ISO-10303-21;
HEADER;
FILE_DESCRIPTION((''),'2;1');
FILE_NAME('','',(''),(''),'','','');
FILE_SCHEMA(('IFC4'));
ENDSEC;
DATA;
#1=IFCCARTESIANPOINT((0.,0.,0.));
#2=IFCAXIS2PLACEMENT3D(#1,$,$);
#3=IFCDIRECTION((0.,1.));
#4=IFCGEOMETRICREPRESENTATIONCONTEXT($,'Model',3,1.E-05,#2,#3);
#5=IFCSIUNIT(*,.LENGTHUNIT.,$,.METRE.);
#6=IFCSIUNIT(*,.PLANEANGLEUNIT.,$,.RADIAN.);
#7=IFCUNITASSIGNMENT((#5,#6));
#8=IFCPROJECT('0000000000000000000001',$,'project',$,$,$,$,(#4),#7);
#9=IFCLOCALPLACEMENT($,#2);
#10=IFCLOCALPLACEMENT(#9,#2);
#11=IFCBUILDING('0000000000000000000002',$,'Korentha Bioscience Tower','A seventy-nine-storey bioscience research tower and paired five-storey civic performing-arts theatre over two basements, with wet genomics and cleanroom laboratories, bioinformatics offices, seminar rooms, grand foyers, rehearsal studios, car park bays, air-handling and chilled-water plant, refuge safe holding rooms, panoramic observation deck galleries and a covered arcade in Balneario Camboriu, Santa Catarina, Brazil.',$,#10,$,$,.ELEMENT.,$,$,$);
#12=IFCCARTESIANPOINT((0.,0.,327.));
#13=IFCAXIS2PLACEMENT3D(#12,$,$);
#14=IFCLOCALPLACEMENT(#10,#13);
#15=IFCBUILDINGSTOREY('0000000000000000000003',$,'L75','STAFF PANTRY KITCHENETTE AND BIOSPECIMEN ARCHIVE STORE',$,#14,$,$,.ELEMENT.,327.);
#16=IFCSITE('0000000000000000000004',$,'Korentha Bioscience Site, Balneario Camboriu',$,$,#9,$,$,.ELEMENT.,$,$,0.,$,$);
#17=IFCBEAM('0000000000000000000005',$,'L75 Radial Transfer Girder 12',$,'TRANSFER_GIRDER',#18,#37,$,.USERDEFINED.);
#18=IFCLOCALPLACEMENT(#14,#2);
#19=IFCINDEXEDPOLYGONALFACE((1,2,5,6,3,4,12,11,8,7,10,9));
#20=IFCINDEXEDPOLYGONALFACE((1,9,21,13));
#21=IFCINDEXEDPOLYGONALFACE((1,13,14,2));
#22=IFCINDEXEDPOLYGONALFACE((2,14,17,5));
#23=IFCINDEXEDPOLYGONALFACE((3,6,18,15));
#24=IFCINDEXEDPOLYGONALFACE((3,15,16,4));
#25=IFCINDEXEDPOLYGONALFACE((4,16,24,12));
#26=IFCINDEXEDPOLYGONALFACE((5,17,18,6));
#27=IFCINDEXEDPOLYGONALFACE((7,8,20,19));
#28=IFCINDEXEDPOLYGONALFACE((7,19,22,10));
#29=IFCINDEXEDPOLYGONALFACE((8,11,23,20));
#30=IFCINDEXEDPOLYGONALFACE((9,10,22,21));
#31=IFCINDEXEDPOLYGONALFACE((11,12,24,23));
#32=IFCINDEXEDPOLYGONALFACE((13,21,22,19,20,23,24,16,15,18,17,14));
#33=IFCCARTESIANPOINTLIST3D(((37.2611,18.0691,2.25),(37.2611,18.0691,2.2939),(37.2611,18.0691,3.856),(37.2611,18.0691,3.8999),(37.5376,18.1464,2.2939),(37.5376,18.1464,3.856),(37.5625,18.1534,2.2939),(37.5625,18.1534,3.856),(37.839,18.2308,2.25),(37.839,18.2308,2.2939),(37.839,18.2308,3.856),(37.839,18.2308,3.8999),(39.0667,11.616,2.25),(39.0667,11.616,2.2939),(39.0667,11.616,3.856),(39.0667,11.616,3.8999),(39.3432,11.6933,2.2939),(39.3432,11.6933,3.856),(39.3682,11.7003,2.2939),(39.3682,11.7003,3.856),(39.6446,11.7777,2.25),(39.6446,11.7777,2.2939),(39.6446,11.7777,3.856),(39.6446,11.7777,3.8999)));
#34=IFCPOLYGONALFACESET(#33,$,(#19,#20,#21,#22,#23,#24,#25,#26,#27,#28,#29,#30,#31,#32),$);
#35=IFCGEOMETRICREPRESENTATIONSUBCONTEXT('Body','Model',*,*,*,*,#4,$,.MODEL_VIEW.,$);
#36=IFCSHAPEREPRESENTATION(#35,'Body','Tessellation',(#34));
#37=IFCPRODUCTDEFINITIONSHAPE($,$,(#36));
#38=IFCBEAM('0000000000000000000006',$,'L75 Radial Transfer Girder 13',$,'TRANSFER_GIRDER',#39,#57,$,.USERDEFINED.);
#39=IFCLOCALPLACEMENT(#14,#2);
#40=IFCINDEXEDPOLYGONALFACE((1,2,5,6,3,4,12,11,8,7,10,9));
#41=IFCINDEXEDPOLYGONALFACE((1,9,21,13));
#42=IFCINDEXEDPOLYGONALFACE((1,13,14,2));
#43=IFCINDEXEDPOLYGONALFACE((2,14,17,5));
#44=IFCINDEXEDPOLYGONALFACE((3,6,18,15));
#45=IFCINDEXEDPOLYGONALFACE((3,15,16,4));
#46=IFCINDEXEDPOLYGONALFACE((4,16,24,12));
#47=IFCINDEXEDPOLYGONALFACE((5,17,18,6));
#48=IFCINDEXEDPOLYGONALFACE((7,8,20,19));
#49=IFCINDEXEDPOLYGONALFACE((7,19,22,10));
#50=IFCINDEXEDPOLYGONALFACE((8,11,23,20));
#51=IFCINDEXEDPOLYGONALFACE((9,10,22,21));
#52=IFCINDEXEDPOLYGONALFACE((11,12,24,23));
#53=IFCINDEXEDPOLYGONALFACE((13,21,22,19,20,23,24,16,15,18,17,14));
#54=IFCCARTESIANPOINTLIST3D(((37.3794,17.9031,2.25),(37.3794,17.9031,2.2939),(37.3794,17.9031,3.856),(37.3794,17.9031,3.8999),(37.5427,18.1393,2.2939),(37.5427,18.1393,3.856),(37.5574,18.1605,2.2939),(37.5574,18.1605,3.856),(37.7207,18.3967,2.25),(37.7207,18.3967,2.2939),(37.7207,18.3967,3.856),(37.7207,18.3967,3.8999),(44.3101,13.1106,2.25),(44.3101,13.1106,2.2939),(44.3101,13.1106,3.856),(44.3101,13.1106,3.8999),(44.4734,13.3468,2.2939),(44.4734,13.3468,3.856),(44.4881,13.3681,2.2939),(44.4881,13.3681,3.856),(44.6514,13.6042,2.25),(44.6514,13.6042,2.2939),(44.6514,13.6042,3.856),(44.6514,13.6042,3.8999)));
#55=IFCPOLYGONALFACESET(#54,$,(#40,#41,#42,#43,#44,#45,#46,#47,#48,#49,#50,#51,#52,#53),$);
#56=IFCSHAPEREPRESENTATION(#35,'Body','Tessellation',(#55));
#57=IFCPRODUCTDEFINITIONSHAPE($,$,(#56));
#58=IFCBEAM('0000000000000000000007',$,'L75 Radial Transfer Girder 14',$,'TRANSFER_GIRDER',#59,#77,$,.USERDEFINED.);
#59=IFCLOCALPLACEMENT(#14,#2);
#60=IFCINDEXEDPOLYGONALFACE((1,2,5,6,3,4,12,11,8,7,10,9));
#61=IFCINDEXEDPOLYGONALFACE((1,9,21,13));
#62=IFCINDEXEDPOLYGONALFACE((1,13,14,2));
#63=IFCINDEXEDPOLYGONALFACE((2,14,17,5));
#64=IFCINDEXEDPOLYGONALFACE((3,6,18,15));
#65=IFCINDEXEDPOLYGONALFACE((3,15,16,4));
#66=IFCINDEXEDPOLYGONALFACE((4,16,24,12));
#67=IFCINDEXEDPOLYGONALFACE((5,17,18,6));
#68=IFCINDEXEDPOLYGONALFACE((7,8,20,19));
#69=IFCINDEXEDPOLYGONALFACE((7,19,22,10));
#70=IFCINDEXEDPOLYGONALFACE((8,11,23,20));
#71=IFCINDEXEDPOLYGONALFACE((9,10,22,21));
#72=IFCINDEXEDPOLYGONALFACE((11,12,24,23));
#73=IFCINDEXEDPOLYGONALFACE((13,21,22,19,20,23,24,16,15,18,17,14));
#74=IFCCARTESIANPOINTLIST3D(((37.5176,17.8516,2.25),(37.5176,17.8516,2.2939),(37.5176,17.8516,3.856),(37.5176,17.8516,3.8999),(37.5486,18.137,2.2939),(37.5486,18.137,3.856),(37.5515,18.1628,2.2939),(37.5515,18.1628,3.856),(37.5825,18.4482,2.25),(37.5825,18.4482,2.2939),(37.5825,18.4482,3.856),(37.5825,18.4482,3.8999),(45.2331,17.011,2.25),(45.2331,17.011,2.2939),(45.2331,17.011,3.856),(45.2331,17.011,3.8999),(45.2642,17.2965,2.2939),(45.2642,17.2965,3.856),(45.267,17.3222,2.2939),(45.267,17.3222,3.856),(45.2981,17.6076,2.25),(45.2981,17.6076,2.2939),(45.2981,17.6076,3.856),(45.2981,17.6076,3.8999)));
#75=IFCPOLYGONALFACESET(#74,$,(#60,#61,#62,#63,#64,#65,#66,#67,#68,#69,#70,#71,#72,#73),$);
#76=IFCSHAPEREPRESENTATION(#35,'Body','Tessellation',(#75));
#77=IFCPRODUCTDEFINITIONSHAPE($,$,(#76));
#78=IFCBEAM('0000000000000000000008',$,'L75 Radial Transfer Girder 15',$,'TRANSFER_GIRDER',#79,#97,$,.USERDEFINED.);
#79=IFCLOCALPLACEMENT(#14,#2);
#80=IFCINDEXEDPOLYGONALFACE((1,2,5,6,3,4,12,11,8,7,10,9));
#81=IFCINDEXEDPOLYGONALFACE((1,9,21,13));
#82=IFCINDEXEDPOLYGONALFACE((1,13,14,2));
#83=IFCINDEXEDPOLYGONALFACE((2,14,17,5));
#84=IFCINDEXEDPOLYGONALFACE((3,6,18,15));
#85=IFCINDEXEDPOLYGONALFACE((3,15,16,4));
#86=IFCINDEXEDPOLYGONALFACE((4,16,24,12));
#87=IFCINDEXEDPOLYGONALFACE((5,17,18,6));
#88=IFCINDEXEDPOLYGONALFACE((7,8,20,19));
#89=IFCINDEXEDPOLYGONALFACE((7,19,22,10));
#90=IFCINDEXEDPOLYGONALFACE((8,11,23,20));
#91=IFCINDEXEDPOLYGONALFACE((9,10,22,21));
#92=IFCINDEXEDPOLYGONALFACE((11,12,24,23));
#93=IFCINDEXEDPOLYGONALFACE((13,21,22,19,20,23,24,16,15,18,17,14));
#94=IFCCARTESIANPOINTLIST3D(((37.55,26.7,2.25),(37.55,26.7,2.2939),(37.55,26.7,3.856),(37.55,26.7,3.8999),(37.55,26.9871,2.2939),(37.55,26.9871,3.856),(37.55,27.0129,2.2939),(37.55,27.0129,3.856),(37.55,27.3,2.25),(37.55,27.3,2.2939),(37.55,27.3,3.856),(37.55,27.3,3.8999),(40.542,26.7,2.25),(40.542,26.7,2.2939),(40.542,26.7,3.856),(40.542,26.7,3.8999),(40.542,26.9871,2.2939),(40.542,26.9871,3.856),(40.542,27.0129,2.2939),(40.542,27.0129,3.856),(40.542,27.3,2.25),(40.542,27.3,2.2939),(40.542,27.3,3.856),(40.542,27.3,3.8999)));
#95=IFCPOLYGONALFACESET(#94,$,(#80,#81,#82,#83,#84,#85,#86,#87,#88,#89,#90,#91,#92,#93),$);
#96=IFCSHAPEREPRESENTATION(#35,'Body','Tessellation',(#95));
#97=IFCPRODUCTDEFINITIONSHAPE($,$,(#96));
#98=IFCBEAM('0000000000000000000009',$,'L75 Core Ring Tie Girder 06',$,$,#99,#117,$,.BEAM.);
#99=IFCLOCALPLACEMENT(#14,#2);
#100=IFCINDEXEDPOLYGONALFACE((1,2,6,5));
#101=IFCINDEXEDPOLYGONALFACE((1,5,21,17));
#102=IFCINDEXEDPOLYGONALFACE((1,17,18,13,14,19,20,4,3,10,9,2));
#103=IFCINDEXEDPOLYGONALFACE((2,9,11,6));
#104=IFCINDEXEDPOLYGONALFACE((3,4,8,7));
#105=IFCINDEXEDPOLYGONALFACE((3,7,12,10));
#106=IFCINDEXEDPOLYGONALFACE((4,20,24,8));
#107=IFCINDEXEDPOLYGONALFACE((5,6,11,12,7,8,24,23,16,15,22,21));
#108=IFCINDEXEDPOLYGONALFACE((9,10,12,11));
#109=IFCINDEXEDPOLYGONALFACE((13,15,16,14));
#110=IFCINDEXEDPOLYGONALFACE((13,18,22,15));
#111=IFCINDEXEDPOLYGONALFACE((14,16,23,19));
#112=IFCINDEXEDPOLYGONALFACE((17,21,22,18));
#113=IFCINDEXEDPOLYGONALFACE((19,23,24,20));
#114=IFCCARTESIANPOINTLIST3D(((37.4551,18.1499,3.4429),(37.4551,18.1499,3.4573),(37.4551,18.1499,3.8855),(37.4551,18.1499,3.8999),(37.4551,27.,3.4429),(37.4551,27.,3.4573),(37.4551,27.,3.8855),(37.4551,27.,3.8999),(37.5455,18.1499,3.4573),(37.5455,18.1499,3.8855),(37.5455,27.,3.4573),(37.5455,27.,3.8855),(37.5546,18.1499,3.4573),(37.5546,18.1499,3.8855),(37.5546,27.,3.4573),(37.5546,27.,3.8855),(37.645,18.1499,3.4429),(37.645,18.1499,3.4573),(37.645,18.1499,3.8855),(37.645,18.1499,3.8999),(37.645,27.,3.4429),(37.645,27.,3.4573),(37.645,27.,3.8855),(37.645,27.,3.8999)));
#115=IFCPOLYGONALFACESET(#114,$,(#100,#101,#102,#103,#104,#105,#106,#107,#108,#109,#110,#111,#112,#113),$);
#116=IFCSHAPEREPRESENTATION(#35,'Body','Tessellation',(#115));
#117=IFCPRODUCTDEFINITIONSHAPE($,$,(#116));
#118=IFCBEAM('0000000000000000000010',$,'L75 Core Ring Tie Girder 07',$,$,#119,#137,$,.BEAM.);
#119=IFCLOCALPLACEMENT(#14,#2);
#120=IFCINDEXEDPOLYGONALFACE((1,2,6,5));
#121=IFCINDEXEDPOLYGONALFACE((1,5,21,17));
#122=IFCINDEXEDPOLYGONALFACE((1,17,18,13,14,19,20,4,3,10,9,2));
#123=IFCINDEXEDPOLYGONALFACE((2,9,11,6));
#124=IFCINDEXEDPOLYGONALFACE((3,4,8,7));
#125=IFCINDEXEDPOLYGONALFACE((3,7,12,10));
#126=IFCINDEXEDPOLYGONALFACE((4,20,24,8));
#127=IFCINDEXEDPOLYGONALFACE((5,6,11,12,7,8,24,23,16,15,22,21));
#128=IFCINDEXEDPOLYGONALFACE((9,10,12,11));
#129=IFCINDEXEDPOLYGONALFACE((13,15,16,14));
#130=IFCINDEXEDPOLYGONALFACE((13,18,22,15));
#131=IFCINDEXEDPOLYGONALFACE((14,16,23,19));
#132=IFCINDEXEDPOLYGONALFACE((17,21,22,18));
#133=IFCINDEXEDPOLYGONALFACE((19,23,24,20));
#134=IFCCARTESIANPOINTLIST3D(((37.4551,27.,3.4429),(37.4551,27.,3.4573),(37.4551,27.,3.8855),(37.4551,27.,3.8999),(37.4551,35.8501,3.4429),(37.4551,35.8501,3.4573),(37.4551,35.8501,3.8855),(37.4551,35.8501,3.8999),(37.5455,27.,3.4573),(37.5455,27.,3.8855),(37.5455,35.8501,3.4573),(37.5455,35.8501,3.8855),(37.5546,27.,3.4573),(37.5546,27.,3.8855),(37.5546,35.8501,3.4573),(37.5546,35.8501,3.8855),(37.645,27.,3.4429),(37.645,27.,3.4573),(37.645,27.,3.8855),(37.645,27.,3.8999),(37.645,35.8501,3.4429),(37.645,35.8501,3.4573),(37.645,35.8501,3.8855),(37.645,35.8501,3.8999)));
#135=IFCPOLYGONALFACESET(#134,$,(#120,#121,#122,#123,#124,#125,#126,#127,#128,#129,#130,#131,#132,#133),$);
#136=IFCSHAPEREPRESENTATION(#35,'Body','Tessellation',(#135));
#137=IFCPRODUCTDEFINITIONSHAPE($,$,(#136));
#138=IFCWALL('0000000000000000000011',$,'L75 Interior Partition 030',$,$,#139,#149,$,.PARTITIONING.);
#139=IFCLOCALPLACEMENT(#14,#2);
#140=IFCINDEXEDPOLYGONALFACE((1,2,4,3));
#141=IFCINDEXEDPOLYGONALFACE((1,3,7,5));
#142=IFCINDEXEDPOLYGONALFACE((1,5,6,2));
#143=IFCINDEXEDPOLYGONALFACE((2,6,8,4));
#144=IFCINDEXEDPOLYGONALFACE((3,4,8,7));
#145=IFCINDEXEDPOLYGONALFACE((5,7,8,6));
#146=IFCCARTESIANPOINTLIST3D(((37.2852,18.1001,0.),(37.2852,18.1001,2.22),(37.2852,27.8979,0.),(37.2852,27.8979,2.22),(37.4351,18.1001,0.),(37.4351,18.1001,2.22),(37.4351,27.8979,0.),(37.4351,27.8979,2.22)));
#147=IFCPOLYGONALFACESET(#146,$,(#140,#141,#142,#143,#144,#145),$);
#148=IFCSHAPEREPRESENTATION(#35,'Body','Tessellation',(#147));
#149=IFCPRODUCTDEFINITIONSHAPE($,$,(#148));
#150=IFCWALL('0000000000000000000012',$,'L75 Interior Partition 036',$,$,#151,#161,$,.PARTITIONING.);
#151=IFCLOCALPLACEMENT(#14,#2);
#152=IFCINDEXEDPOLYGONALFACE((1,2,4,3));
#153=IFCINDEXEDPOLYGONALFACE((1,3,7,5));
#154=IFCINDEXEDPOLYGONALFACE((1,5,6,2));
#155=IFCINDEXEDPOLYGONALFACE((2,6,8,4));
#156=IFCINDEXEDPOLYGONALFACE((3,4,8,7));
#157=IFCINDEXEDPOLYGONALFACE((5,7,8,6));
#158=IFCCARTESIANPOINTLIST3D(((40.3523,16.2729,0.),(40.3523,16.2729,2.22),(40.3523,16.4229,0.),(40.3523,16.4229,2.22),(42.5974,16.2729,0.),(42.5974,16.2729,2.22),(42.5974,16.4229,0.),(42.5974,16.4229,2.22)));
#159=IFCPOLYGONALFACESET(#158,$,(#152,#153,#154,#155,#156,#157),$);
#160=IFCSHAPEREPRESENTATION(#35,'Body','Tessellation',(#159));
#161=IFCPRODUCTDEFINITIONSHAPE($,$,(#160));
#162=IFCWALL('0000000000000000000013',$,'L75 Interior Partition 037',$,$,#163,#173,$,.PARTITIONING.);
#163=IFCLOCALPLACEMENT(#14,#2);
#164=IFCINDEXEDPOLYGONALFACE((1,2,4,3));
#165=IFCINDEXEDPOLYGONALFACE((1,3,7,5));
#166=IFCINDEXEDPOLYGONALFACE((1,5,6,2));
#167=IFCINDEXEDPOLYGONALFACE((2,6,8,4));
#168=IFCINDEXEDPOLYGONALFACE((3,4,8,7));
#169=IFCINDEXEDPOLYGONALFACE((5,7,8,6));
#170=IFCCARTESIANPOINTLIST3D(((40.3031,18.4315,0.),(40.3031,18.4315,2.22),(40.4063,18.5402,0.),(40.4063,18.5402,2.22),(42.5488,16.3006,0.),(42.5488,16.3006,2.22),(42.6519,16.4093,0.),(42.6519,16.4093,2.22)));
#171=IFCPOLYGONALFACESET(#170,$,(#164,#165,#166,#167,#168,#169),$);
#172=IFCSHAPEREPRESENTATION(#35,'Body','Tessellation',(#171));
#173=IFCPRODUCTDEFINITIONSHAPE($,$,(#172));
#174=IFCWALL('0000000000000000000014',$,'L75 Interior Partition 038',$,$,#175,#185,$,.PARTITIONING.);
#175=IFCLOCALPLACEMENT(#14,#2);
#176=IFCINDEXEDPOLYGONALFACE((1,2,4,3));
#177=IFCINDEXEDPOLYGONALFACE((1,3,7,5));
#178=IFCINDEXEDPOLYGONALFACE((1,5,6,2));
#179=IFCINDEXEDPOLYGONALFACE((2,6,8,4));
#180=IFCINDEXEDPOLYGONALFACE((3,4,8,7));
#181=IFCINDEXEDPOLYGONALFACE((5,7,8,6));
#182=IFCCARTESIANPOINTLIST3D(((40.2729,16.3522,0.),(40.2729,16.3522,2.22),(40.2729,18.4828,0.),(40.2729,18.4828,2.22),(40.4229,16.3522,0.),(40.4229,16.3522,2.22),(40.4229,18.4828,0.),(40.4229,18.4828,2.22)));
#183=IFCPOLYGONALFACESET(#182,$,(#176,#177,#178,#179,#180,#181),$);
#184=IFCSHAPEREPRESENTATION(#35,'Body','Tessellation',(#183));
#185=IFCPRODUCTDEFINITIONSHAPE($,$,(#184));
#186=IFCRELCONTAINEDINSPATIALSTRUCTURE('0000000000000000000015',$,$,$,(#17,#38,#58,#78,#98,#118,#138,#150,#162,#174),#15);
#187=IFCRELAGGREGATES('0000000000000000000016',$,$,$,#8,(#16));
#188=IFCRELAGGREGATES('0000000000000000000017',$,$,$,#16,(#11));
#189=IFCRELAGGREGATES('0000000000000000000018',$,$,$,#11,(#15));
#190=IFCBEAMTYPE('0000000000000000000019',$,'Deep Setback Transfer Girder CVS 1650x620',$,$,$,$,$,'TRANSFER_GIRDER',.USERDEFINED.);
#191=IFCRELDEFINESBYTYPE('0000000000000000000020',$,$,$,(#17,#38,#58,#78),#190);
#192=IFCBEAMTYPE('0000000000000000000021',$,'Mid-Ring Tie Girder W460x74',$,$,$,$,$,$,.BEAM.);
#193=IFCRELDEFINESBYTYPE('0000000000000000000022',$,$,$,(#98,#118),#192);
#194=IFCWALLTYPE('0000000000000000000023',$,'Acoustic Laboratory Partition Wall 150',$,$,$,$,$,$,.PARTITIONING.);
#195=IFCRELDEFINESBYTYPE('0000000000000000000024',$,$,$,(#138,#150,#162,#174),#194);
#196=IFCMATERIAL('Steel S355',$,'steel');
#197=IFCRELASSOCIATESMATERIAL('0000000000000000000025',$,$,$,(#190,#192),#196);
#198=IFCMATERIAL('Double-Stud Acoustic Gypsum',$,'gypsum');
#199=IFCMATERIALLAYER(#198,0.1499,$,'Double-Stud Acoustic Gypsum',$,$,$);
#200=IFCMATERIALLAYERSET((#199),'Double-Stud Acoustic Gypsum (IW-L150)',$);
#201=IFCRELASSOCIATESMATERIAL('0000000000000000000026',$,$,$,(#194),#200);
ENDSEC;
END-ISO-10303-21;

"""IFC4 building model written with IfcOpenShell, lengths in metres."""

from ifc_helpers import new_model, si_unit, direction, frame, frame_2d, origin, origin_2d, place, context, subcontext, project, spatial, rectangle, i_section, extrude, material, layer, layer_set, material_profile, profile_set, type_object, element, save


model = new_model("IFC4")

# Units and contexts
model_context = context("Model", 3, precision=1e-05, world=origin(), true_north=direction((0.0, 1.0)))
body_context = subcontext(model_context, "Body", "Model", "MODEL_VIEW")
ifc_project = project(units=[si_unit("LENGTHUNIT", "METRE"), si_unit("PLANEANGLEUNIT", "RADIAN")], contexts=[model_context])

# Site, building, storey
site_placement = place(None, origin())
site = spatial("IfcSite", under=ifc_project, at=site_placement, Name="Korentha Bioscience Site, Balneario Camboriu", CompositionType="ELEMENT", RefElevation=0.0)
building_placement = place(site_placement, origin())
building = spatial("IfcBuilding", under=site, at=building_placement, Name="Korentha Bioscience Tower", Description="A seventy-nine-storey bioscience research tower and paired five-storey civic performing-arts theatre over two basements, with wet genomics and cleanroom laboratories, bioinformatics offices, seminar rooms, grand foyers, rehearsal studios, car park bays, air-handling and chilled-water plant, refuge safe holding rooms, panoramic observation deck galleries and a covered arcade in Balneario Camboriu, Santa Catarina, Brazil.", CompositionType="ELEMENT")
storey_placement = place(building_placement, frame((0.0, 0.0, 327.0)))
storey = spatial("IfcBuildingStorey", under=building, at=storey_placement, Name="L75", Description="STAFF PANTRY KITCHENETTE AND BIOSPECIMEN ARCHIVE STORE", CompositionType="ELEMENT", Elevation=327.0)

# Beams
ifc_material_1 = material(Name="Steel S355", Category="steel")
ifc_material_profile_1 = material_profile(ifc_material_1, i_section(OverallWidth=0.6001, OverallDepth=1.6499, WebThickness=0.0259, FlangeThickness=0.0439, at=origin_2d()), Name="Steel S355")
ifc_profile_set_1 = profile_set([ifc_material_profile_1], Name="Steel S355 (TG-04)")
beam_type_1 = type_object("IfcBeamType", Name="Deep Setback Transfer Girder CVS 1650x620", ElementType="TRANSFER_GIRDER", PredefinedType="USERDEFINED", material=ifc_profile_set_1)
beam_1_placement = place(storey_placement, frame((37.55, 18.1499, 3.075), z_axis=(0.269462, -0.963011, 0.0), x_axis=(0.963011, 0.269462, 0.0)))
element("IfcBeam", 1, at=beam_1_placement, inside=storey, type_object=beam_type_1, Name="L75 Radial Transfer Girder 12", ObjectType="TRANSFER_GIRDER", PredefinedType="USERDEFINED", context=body_context, shape_type="SweptSolid", body=[
    extrude(i_section(OverallWidth=0.6001, OverallDepth=1.6499, WebThickness=0.0259, FlangeThickness=0.0439, at=origin_2d()), origin(), (0.0, 0.0, 1.0), 6.7009),
])
beam_2_placement = place(storey_placement, frame((37.55, 18.1499, 3.075), z_axis=(0.822507, -0.568755, 0.0), x_axis=(0.568755, 0.822507, 0.0)))
element("IfcBeam", 2, at=beam_2_placement, inside=storey, type_object=beam_type_1, Name="L75 Radial Transfer Girder 13", ObjectType="TRANSFER_GIRDER", PredefinedType="USERDEFINED", context=body_context, shape_type="SweptSolid", body=[
    extrude(i_section(OverallWidth=0.6001, OverallDepth=1.6499, WebThickness=0.0259, FlangeThickness=0.0439, at=origin_2d()), origin(), (0.0, 0.0, 1.0), 8.4263),
])
beam_3_placement = place(storey_placement, frame((37.55, 18.1499, 3.075), z_axis=(0.994118, -0.108305, 0.0), x_axis=(0.108305, 0.994118, 0.0)))
element("IfcBeam", 3, at=beam_3_placement, inside=storey, type_object=beam_type_1, Name="L75 Radial Transfer Girder 14", ObjectType="TRANSFER_GIRDER", PredefinedType="USERDEFINED", context=body_context, shape_type="SweptSolid", body=[
    extrude(i_section(OverallWidth=0.6001, OverallDepth=1.6499, WebThickness=0.0259, FlangeThickness=0.0439, at=origin_2d()), origin(), (0.0, 0.0, 1.0), 7.7612),
])
beam_4_placement = place(storey_placement, frame((37.55, 27.0, 3.075), z_axis=(1.0, 0.0, 0.0), x_axis=(0.0, 1.0, 0.0)))
element("IfcBeam", 4, at=beam_4_placement, inside=storey, type_object=beam_type_1, Name="L75 Radial Transfer Girder 15", ObjectType="TRANSFER_GIRDER", PredefinedType="USERDEFINED", context=body_context, shape_type="SweptSolid", body=[
    extrude(i_section(OverallWidth=0.6001, OverallDepth=1.6499, WebThickness=0.0259, FlangeThickness=0.0439, at=origin_2d()), origin(), (0.0, 0.0, 1.0), 2.9919),
])
ifc_material_profile_2 = material_profile(ifc_material_1, i_section(OverallWidth=0.1899, OverallDepth=0.457, WebThickness=0.009, FlangeThickness=0.0144, at=origin_2d()), Name="Steel S355")
ifc_profile_set_2 = profile_set([ifc_material_profile_2], Name="Steel S355 (MB-460)")
beam_type_2 = type_object("IfcBeamType", Name="Mid-Ring Tie Girder W460x74", PredefinedType="BEAM", material=ifc_profile_set_2)
for number, where, z_axis, x_axis, name in (
    (5, (37.55, 18.1499, 3.6714), (0.0, 1.0, 0.0), (-1.0, 0.0, 0.0), "L75 Core Ring Tie Girder 06"),
    (6, (37.55, 27.0, 3.6714), (0.0, 1.0, 0.0), (-1.0, 0.0, 0.0), "L75 Core Ring Tie Girder 07"),
):
    element("IfcBeam", number, at=place(storey_placement, frame(where, z_axis=z_axis, x_axis=x_axis)), inside=storey, type_object=beam_type_2, Name=name, PredefinedType="BEAM", context=body_context, shape_type="SweptSolid", body=[
        extrude(i_section(OverallWidth=0.1899, OverallDepth=0.457, WebThickness=0.009, FlangeThickness=0.0144, at=origin_2d()), origin(), (0.0, 0.0, 1.0), 8.8501),
    ])

# Walls
ifc_material_2 = material(Name="Double-Stud Acoustic Gypsum", Category="gypsum")
ifc_layer_1 = layer(ifc_material_2, 0.1499, Name="Double-Stud Acoustic Gypsum")
ifc_layer_set_1 = layer_set([ifc_layer_1], Name="Double-Stud Acoustic Gypsum (IW-L150)")
wall_type_1 = type_object("IfcWallType", Name="Acoustic Laboratory Partition Wall 150", PredefinedType="PARTITIONING", material=ifc_layer_set_1)
wall_1_placement = place(storey_placement, frame((37.3601, 18.1001, 0.0), z_axis=(0.0, 0.0, 1.0), x_axis=(0.0, 1.0, 0.0)))
element("IfcWall", 7, at=wall_1_placement, inside=storey, type_object=wall_type_1, Name="L75 Interior Partition 030", PredefinedType="PARTITIONING", context=body_context, shape_type="SweptSolid", body=[
    extrude(rectangle(XDim=9.7979, YDim=0.1499, at=frame_2d((4.8989, 0.0))), origin(), (0.0, 0.0, 1.0), 2.22),
])
wall_2_placement = place(storey_placement, frame((40.3523, 16.3479, 0.0), z_axis=(0.0, 0.0, 1.0), x_axis=(1.0, 0.0, 0.0)))
element("IfcWall", 8, at=wall_2_placement, inside=storey, type_object=wall_type_1, Name="L75 Interior Partition 036", PredefinedType="PARTITIONING", context=body_context, shape_type="SweptSolid", body=[
    extrude(rectangle(XDim=2.2451, YDim=0.1499, at=frame_2d((1.1226, 0.0))), origin(), (0.0, 0.0, 1.0), 2.22),
])
wall_3_placement = place(storey_placement, frame((42.6003, 16.355, 0.0), z_axis=(0.0, 0.0, 1.0), x_axis=(-0.725397, 0.688331, 0.0)))
element("IfcWall", 9, at=wall_3_placement, inside=storey, type_object=wall_type_1, Name="L75 Interior Partition 037", PredefinedType="PARTITIONING", context=body_context, shape_type="SweptSolid", body=[
    extrude(rectangle(XDim=3.0957, YDim=0.1499, at=frame_2d((1.5479, 0.0))), origin(), (0.0, 0.0, 1.0), 2.22),
])
wall_4_placement = place(storey_placement, frame((40.3479, 18.4829, 0.0), z_axis=(0.0, 0.0, 1.0), x_axis=(0.0, -1.0, 0.0)))
element("IfcWall", 10, at=wall_4_placement, inside=storey, type_object=wall_type_1, Name="L75 Interior Partition 038", PredefinedType="PARTITIONING", context=body_context, shape_type="SweptSolid", body=[
    extrude(rectangle(XDim=2.1306, YDim=0.1499, at=frame_2d((1.0654, 0.0))), origin(), (0.0, 0.0, 1.0), 2.22),
])

save(model, "model.ifc")
